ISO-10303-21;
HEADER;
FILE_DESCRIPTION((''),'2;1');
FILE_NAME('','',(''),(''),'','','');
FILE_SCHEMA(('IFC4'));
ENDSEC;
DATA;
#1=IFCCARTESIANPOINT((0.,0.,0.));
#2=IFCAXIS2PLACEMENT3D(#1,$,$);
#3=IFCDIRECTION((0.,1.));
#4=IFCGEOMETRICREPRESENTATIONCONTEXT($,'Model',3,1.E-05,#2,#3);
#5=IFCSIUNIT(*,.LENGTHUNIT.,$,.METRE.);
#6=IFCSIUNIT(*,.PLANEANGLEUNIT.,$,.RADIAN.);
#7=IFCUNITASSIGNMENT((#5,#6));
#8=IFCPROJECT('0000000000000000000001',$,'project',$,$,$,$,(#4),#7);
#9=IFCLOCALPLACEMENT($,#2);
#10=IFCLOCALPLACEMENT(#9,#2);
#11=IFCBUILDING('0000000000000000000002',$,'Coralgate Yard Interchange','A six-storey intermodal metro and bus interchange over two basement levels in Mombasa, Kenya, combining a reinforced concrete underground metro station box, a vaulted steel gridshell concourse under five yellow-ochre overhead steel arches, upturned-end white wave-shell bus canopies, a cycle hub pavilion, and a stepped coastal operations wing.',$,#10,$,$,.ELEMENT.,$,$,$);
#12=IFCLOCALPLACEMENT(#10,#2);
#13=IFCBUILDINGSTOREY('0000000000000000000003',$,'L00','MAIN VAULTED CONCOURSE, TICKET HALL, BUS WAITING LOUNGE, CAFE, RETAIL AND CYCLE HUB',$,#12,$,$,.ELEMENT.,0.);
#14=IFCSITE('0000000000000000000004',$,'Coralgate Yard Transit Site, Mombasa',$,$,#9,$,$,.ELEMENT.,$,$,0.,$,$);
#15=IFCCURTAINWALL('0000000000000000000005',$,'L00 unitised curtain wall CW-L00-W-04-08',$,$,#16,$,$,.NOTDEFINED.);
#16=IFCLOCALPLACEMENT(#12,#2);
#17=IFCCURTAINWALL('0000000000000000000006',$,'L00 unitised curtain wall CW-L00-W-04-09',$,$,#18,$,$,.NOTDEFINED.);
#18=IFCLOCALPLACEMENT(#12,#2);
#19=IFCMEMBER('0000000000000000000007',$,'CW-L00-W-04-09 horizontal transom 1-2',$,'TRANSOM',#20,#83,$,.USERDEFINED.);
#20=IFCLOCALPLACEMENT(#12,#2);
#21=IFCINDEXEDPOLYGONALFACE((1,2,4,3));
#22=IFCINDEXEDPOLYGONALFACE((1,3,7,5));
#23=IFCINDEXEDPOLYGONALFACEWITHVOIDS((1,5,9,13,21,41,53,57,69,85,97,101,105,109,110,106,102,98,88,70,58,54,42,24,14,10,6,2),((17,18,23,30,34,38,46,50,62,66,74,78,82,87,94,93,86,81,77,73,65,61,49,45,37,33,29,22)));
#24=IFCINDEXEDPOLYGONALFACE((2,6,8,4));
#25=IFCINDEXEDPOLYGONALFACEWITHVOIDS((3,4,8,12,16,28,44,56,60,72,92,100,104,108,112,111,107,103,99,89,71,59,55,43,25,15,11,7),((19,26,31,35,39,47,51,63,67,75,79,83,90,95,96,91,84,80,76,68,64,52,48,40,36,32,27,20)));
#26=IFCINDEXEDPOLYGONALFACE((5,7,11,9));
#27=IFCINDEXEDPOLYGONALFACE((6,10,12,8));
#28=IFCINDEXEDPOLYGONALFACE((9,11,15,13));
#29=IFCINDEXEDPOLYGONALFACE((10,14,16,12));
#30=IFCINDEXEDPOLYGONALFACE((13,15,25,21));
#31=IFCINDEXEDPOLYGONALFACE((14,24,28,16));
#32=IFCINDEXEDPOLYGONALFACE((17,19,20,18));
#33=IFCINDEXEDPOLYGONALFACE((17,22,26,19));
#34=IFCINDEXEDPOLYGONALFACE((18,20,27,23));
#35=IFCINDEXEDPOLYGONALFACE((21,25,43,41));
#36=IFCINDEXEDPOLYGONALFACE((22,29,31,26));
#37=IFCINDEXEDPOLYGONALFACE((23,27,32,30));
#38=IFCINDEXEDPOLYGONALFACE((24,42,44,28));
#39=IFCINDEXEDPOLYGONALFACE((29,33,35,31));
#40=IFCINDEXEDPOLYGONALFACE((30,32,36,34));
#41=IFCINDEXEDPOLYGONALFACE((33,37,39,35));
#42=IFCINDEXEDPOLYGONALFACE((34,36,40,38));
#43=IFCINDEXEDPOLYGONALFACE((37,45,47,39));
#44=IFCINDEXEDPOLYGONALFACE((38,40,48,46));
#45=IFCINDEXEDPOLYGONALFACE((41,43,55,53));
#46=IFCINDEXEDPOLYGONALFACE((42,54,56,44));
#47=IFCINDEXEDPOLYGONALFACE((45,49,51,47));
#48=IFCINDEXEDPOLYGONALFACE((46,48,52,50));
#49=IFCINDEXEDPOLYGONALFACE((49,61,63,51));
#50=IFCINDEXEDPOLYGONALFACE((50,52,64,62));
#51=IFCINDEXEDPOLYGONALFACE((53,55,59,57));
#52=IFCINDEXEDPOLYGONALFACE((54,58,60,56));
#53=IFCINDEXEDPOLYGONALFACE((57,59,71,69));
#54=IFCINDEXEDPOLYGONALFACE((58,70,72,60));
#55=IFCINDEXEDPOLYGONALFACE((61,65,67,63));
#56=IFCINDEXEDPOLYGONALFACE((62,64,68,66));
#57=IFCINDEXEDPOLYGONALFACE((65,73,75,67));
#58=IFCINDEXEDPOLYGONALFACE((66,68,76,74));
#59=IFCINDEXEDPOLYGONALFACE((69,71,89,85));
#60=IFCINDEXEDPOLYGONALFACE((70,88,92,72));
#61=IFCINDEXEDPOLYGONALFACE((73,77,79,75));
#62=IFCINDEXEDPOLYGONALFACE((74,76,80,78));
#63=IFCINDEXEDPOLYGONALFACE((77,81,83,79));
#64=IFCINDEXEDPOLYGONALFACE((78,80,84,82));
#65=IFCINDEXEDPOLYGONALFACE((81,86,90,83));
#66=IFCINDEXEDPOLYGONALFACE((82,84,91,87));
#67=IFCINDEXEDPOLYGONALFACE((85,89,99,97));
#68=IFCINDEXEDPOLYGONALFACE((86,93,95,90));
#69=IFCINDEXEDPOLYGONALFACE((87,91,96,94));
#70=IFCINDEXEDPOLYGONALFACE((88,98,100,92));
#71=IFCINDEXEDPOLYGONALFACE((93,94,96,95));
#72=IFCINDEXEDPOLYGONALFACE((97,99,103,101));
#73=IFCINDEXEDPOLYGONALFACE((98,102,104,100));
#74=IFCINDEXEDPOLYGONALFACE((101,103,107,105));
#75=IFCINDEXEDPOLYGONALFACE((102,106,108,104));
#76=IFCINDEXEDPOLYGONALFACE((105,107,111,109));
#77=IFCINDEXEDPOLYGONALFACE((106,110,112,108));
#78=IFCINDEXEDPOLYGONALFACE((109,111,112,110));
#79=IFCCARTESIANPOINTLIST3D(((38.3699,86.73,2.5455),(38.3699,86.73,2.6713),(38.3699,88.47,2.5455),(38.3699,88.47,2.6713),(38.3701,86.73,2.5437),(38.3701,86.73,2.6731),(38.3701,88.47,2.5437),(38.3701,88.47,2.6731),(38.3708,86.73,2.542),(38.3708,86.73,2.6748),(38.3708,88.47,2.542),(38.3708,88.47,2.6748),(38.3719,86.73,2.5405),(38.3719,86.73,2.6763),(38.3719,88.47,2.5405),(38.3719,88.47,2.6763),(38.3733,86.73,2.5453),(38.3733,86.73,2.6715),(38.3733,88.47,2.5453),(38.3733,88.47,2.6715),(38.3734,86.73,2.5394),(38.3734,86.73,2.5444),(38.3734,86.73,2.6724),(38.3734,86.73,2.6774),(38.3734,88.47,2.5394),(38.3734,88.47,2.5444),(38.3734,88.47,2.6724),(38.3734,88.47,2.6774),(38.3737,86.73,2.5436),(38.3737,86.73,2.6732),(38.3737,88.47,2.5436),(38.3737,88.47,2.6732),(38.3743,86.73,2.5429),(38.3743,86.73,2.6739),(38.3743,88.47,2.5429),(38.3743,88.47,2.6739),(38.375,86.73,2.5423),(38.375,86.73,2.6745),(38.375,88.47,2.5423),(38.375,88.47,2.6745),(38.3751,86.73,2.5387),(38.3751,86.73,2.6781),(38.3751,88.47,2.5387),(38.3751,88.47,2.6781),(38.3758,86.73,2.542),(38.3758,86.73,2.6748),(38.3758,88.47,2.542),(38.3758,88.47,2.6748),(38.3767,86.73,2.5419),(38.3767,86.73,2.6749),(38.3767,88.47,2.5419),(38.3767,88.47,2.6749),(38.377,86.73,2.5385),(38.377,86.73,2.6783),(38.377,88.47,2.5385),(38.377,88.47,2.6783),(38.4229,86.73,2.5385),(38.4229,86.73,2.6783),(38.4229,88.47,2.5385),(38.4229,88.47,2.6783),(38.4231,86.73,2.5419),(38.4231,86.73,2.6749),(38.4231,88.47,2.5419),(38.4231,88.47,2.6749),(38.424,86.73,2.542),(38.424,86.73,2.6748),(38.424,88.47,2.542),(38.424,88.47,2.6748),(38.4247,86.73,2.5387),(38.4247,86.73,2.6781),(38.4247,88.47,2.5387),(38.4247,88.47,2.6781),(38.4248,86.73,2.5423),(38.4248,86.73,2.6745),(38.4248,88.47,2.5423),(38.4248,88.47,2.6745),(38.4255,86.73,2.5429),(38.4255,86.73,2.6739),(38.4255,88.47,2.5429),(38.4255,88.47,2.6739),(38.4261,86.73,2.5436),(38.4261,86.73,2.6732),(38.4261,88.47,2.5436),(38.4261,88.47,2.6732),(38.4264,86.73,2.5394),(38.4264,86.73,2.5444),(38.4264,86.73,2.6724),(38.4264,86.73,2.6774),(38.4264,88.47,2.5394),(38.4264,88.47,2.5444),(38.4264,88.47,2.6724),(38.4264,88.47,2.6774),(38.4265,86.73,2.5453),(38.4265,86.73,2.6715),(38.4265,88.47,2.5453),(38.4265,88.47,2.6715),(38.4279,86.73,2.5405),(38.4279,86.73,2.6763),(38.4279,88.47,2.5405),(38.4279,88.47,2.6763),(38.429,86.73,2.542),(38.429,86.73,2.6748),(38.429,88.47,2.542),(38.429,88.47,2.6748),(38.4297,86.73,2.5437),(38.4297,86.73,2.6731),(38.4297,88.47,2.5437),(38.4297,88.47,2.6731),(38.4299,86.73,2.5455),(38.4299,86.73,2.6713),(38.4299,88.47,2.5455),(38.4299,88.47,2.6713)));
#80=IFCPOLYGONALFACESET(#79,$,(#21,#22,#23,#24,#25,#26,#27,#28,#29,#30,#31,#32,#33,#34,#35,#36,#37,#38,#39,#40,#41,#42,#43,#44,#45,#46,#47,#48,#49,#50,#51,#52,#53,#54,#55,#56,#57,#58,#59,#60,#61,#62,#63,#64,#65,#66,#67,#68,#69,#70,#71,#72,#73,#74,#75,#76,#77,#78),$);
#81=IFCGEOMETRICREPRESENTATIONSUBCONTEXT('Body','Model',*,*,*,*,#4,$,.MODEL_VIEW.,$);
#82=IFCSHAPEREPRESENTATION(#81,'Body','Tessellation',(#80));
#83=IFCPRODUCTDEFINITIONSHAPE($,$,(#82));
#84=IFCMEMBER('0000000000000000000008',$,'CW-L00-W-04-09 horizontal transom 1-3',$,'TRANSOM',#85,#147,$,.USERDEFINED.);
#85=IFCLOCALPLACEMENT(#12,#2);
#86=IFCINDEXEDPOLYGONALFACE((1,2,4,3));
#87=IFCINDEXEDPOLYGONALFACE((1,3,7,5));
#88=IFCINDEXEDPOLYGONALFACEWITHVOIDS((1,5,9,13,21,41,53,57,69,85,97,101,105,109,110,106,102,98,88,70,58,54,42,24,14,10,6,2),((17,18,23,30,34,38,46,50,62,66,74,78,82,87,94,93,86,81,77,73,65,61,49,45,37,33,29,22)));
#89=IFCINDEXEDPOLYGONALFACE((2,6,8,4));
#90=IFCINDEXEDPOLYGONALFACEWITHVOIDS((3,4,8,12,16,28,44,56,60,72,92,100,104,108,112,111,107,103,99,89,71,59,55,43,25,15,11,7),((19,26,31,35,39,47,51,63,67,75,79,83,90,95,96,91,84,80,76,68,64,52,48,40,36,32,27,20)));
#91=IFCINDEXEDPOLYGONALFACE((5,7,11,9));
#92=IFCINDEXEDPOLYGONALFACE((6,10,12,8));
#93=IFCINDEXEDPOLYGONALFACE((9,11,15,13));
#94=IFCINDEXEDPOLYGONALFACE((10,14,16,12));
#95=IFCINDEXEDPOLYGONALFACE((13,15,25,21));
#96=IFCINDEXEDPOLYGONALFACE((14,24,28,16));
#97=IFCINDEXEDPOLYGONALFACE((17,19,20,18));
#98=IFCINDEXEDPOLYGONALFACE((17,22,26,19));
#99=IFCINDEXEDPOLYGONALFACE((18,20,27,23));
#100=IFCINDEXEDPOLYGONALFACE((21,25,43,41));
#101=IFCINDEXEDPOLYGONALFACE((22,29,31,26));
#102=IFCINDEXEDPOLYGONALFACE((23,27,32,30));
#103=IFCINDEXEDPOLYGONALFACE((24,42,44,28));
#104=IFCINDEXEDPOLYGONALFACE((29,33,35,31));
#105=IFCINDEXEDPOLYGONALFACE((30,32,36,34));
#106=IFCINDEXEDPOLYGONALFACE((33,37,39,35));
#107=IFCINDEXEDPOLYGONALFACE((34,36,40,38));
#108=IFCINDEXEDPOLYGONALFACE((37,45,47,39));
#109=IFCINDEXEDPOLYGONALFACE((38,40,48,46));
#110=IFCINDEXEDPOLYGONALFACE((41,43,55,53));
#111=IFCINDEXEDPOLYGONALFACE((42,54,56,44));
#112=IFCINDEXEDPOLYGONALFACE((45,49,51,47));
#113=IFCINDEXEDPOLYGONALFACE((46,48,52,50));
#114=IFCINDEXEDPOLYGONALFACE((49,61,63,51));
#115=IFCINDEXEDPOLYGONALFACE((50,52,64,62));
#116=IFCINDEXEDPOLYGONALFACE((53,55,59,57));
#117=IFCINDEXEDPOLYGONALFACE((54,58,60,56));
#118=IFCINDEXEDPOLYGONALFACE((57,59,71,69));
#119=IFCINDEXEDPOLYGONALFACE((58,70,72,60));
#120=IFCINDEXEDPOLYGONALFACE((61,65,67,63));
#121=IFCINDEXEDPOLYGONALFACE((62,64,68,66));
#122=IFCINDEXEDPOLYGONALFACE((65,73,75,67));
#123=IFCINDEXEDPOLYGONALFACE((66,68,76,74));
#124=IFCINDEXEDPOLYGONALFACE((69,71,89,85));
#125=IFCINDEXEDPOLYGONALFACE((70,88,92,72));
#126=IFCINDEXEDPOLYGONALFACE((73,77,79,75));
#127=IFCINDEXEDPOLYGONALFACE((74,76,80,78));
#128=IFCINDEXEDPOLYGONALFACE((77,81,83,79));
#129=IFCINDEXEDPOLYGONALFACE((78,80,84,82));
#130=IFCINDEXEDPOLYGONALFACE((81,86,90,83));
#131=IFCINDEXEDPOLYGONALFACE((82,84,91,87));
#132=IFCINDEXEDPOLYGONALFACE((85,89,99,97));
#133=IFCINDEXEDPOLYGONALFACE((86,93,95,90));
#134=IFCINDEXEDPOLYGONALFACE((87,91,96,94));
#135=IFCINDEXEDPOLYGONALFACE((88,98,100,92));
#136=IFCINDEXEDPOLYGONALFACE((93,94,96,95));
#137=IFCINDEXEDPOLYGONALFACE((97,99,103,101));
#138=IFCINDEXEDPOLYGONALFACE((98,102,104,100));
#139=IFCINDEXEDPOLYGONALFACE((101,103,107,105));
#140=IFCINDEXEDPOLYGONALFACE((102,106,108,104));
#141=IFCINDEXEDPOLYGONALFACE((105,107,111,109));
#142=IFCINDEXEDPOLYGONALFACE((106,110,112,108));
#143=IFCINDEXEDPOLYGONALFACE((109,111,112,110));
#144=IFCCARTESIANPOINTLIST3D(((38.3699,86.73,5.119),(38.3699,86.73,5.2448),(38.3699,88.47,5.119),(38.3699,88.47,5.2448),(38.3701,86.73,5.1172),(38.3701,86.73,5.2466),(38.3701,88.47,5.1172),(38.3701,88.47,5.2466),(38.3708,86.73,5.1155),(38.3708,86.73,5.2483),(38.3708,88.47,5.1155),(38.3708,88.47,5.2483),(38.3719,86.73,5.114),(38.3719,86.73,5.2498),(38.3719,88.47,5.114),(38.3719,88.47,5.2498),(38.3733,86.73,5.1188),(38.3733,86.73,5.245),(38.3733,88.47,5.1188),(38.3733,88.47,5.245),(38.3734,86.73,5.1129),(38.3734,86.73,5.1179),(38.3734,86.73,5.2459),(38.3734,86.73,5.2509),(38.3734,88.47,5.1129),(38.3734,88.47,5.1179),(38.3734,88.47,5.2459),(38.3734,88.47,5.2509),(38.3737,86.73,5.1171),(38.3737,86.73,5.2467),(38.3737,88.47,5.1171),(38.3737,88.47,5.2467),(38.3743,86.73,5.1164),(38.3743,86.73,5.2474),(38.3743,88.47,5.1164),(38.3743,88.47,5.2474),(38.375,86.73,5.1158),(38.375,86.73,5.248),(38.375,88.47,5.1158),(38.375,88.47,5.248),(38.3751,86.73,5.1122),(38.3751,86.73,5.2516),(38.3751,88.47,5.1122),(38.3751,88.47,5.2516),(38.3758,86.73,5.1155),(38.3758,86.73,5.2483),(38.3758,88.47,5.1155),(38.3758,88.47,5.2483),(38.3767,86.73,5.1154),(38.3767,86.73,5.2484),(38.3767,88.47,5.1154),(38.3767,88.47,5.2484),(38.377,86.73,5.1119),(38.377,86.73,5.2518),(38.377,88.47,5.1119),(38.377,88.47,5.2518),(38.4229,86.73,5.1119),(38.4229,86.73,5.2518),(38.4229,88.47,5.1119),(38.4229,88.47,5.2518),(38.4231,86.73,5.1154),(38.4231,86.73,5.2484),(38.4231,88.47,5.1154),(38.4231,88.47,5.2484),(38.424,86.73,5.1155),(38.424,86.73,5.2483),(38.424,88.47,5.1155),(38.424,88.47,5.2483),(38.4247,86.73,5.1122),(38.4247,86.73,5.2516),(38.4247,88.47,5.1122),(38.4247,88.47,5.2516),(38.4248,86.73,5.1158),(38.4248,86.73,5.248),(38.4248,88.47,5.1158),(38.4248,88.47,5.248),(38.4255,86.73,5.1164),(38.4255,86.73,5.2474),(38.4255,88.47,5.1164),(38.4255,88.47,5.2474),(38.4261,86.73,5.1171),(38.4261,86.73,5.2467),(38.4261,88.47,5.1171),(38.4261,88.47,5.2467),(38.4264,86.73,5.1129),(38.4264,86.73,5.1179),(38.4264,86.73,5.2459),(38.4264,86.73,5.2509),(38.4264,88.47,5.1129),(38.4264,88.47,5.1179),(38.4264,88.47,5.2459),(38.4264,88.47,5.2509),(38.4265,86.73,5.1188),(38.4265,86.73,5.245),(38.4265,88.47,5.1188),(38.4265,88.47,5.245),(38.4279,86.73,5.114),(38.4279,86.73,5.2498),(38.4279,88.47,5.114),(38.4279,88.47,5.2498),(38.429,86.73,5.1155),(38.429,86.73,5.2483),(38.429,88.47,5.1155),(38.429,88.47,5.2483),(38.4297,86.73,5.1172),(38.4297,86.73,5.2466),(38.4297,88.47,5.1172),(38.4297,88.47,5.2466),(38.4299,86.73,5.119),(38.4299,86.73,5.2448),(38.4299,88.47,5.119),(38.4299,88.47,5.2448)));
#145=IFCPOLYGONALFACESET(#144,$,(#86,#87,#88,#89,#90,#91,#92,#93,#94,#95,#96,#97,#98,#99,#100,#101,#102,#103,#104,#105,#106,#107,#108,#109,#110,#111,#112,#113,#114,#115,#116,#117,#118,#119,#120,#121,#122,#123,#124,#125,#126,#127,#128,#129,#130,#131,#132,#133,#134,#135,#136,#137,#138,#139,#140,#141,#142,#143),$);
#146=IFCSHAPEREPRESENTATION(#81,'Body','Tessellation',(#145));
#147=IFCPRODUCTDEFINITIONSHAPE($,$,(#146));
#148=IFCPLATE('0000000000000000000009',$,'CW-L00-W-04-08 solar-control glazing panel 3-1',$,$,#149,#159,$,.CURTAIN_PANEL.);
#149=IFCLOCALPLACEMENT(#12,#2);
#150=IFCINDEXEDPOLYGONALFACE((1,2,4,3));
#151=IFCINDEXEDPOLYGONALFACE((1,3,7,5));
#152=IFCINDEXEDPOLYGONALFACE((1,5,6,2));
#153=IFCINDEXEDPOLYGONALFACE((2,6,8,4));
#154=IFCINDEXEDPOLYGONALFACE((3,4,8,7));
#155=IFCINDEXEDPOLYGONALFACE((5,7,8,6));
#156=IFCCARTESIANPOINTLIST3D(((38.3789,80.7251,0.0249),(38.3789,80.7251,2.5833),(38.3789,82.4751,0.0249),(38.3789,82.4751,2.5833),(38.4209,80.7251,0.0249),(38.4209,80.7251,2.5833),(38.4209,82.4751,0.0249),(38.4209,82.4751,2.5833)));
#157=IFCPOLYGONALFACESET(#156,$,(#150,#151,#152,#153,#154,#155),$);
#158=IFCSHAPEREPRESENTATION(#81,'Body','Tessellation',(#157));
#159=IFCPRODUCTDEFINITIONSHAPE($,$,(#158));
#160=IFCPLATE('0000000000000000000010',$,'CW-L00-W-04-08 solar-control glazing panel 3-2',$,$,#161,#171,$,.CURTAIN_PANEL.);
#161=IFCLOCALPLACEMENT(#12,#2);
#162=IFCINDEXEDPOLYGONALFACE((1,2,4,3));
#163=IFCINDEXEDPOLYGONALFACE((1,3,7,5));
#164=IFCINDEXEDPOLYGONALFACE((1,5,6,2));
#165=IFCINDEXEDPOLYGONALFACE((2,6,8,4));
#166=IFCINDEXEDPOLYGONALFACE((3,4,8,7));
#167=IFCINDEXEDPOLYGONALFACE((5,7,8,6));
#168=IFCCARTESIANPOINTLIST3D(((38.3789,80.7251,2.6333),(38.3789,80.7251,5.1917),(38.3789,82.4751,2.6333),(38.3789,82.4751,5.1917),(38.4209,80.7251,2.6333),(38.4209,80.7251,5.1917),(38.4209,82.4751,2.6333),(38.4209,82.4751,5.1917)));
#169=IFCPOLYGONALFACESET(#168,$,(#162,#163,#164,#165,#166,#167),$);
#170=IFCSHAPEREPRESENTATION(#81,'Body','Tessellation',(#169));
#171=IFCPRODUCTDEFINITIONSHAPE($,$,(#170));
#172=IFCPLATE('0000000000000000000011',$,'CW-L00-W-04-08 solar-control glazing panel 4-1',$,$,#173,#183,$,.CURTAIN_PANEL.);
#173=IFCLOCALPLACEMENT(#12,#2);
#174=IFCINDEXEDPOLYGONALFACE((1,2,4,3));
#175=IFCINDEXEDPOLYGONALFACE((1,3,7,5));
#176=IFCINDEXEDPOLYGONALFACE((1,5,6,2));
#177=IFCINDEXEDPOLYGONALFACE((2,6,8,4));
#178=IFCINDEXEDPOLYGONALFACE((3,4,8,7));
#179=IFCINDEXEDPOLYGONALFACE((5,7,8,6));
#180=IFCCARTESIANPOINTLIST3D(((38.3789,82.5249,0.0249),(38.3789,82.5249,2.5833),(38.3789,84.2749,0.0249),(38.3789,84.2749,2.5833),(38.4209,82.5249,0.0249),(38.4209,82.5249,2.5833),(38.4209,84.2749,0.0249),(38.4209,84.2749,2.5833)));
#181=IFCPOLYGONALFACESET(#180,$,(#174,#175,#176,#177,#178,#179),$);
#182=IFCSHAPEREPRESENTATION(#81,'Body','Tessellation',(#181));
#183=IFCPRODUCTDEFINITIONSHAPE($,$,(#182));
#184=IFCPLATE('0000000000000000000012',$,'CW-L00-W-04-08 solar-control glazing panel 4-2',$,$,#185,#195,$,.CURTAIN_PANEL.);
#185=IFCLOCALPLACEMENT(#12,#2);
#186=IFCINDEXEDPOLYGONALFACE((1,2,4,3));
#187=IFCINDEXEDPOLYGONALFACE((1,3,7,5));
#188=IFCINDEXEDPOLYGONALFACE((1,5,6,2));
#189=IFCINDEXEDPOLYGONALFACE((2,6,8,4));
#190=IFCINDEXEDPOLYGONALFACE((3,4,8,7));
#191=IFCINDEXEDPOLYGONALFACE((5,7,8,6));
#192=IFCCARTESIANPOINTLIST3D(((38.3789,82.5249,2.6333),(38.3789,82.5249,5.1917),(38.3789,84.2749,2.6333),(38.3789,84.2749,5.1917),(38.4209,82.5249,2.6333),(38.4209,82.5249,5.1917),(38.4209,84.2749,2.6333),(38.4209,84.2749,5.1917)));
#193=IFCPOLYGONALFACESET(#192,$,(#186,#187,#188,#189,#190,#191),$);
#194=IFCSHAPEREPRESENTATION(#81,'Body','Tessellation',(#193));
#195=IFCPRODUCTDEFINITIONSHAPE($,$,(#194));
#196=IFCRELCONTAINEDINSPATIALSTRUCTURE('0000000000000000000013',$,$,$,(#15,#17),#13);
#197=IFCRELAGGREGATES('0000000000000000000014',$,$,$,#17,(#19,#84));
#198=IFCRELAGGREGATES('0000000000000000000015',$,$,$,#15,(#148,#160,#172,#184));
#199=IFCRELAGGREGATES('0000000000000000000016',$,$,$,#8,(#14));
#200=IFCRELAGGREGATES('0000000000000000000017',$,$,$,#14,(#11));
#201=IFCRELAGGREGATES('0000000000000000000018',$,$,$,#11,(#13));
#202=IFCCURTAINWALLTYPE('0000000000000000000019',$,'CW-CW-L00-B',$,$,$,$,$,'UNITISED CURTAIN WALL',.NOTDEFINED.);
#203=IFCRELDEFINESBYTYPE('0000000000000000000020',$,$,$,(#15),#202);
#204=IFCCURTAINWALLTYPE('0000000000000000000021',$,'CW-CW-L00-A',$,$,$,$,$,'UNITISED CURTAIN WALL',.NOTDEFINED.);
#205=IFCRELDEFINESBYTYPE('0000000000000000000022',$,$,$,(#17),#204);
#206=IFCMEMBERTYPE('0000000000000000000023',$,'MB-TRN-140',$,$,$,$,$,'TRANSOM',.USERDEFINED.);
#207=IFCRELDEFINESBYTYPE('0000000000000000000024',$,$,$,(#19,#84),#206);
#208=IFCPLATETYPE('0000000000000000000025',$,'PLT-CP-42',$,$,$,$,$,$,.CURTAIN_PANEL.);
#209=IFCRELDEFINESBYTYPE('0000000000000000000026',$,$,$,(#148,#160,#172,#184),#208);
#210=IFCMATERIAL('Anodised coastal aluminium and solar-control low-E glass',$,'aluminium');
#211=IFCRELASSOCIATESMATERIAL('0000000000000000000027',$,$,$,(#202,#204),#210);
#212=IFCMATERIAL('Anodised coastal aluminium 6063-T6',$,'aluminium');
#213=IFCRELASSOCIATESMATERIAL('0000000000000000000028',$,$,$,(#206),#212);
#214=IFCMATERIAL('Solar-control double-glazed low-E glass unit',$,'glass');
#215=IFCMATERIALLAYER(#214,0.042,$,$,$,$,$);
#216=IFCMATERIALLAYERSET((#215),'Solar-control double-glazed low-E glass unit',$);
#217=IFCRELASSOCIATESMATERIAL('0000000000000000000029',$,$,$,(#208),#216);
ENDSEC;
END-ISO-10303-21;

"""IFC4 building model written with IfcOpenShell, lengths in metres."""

from ifc_helpers import new_model, si_unit, direction, frame, origin, origin_2d, place, context, subcontext, project, spatial, rectangle, hollow_rectangle, extrude, material, layer, layer_set, material_profile, profile_set, type_object, element, aggregate, save


model = new_model("IFC4")

# Units and contexts
model_context = context("Model", 3, precision=1e-05, world=origin(), true_north=direction((0.0, 1.0)))
body_context = subcontext(model_context, "Body", "Model", "MODEL_VIEW")
ifc_project = project(units=[si_unit("LENGTHUNIT", "METRE"), si_unit("PLANEANGLEUNIT", "RADIAN")], contexts=[model_context])

# Site, building, storey
site_placement = place(None, origin())
site = spatial("IfcSite", under=ifc_project, at=site_placement, Name="Coralgate Yard Transit Site, Mombasa", CompositionType="ELEMENT", RefElevation=0.0)
building_placement = place(site_placement, origin())
building = spatial("IfcBuilding", under=site, at=building_placement, Name="Coralgate Yard Interchange", Description="A six-storey intermodal metro and bus interchange over two basement levels in Mombasa, Kenya, combining a reinforced concrete underground metro station box, a vaulted steel gridshell concourse under five yellow-ochre overhead steel arches, upturned-end white wave-shell bus canopies, a cycle hub pavilion, and a stepped coastal operations wing.", CompositionType="ELEMENT")
storey_placement = place(building_placement, origin())
storey = spatial("IfcBuildingStorey", under=building, at=storey_placement, Name="L00", Description="MAIN VAULTED CONCOURSE, TICKET HALL, BUS WAITING LOUNGE, CAFE, RETAIL AND CYCLE HUB", CompositionType="ELEMENT", Elevation=0.0)

# Curtain wall
ifc_material_1 = material(Name="Anodised coastal aluminium and solar-control low-E glass", Category="aluminium")
curtain_wall_type_1 = type_object("IfcCurtainWallType", Name="CW-CW-L00-B", ElementType="UNITISED CURTAIN WALL", PredefinedType="NOTDEFINED", material=ifc_material_1)
curtain_wall_1_placement = place(storey_placement, origin())
curtain_wall_1 = element("IfcCurtainWall", 1, at=curtain_wall_1_placement, inside=storey, type_object=curtain_wall_type_1, Name="L00 unitised curtain wall CW-L00-W-04-08", PredefinedType="NOTDEFINED")
ifc_material_2 = material(Name="Anodised coastal aluminium 6063-T6", Category="aluminium")

# Curtain wall
curtain_wall_type_2 = type_object("IfcCurtainWallType", Name="CW-CW-L00-A", ElementType="UNITISED CURTAIN WALL", PredefinedType="NOTDEFINED", material=ifc_material_1)
curtain_wall_2_placement = place(storey_placement, origin())
curtain_wall_2 = element("IfcCurtainWall", 2, at=curtain_wall_2_placement, inside=storey, type_object=curtain_wall_type_2, Name="L00 unitised curtain wall CW-L00-W-04-09", PredefinedType="NOTDEFINED")

# Members
ifc_material_profile_1 = material_profile(ifc_material_2, hollow_rectangle(XDim=0.0601, YDim=0.1399, WallThickness=0.0034, InnerFilletRadius=0.0034, OuterFilletRadius=0.0071, at=origin_2d()), Name="ALU 60x140x3.5")
ifc_profile_set_1 = profile_set([ifc_material_profile_1], Name="Anodised coastal aluminium 6063-T6")
member_type_1 = type_object("IfcMemberType", Name="MB-TRN-140", ElementType="TRANSOM", PredefinedType="USERDEFINED", material=ifc_profile_set_1)
member_1_placement = place(storey_placement, frame((38.3999, 86.73, 2.6084), z_axis=(0.0, 1.0, 0.0), x_axis=(-1.0, 0.0, 0.0)))
member_1 = element("IfcMember", 3, at=member_1_placement, type_object=member_type_1, Name="CW-L00-W-04-09 horizontal transom 1-2", ObjectType="TRANSOM", PredefinedType="USERDEFINED", context=body_context, shape_type="SweptSolid", body=[
    extrude(hollow_rectangle(XDim=0.0601, YDim=0.1399, WallThickness=0.0034, InnerFilletRadius=0.0034, OuterFilletRadius=0.0071, at=origin_2d()), origin(), (0.0, 0.0, 1.0), 1.74),
])
member_2_placement = place(storey_placement, frame((38.3999, 86.73, 5.1819), z_axis=(0.0, 1.0, 0.0), x_axis=(-1.0, 0.0, 0.0)))
member_2 = element("IfcMember", 4, at=member_2_placement, type_object=member_type_1, Name="CW-L00-W-04-09 horizontal transom 1-3", ObjectType="TRANSOM", PredefinedType="USERDEFINED", context=body_context, shape_type="SweptSolid", body=[
    extrude(hollow_rectangle(XDim=0.0601, YDim=0.1399, WallThickness=0.0034, InnerFilletRadius=0.0034, OuterFilletRadius=0.0071, at=origin_2d()), origin(), (0.0, 0.0, 1.0), 1.74),
])
aggregate(curtain_wall_2, [member_1, member_2])

# Plates
ifc_material_3 = material(Name="Solar-control double-glazed low-E glass unit", Category="glass")
ifc_layer = layer(ifc_material_3, 0.042)
ifc_layer_set = layer_set([ifc_layer], Name="Solar-control double-glazed low-E glass unit")
plate_type = type_object("IfcPlateType", Name="PLT-CP-42", PredefinedType="CURTAIN_PANEL", material=ifc_layer_set)
plate_1_placement = place(storey_placement, frame((38.3999, 81.6001, 0.0249), z_axis=(0.0, 0.0, 1.0), x_axis=(0.0, 1.0, 0.0)))
plate_1 = element("IfcPlate", 5, at=plate_1_placement, type_object=plate_type, Name="CW-L00-W-04-08 solar-control glazing panel 3-1", PredefinedType="CURTAIN_PANEL", context=body_context, shape_type="SweptSolid", body=[
    extrude(rectangle(XDim=1.75, YDim=0.042, at=origin_2d()), origin(), (0.0, 0.0, 1.0), 2.5583),
])
plate_2_placement = place(storey_placement, frame((38.3999, 81.6001, 2.6333), z_axis=(0.0, 0.0, 1.0), x_axis=(0.0, 1.0, 0.0)))
plate_2 = element("IfcPlate", 6, at=plate_2_placement, type_object=plate_type, Name="CW-L00-W-04-08 solar-control glazing panel 3-2", PredefinedType="CURTAIN_PANEL", context=body_context, shape_type="SweptSolid", body=[
    extrude(rectangle(XDim=1.75, YDim=0.042, at=origin_2d()), origin(), (0.0, 0.0, 1.0), 2.5583),
])
plate_3_placement = place(storey_placement, frame((38.3999, 83.3999, 0.0249), z_axis=(0.0, 0.0, 1.0), x_axis=(0.0, 1.0, 0.0)))
plate_3 = element("IfcPlate", 7, at=plate_3_placement, type_object=plate_type, Name="CW-L00-W-04-08 solar-control glazing panel 4-1", PredefinedType="CURTAIN_PANEL", context=body_context, shape_type="SweptSolid", body=[
    extrude(rectangle(XDim=1.75, YDim=0.042, at=origin_2d()), origin(), (0.0, 0.0, 1.0), 2.5583),
])
plate_4_placement = place(storey_placement, frame((38.3999, 83.3999, 2.6333), z_axis=(0.0, 0.0, 1.0), x_axis=(0.0, 1.0, 0.0)))
plate_4 = element("IfcPlate", 8, at=plate_4_placement, type_object=plate_type, Name="CW-L00-W-04-08 solar-control glazing panel 4-2", PredefinedType="CURTAIN_PANEL", context=body_context, shape_type="SweptSolid", body=[
    extrude(rectangle(XDim=1.75, YDim=0.042, at=origin_2d()), origin(), (0.0, 0.0, 1.0), 2.5583),
])
aggregate(curtain_wall_1, [plate_1, plate_2, plate_3, plate_4])

save(model, "model.ifc")
